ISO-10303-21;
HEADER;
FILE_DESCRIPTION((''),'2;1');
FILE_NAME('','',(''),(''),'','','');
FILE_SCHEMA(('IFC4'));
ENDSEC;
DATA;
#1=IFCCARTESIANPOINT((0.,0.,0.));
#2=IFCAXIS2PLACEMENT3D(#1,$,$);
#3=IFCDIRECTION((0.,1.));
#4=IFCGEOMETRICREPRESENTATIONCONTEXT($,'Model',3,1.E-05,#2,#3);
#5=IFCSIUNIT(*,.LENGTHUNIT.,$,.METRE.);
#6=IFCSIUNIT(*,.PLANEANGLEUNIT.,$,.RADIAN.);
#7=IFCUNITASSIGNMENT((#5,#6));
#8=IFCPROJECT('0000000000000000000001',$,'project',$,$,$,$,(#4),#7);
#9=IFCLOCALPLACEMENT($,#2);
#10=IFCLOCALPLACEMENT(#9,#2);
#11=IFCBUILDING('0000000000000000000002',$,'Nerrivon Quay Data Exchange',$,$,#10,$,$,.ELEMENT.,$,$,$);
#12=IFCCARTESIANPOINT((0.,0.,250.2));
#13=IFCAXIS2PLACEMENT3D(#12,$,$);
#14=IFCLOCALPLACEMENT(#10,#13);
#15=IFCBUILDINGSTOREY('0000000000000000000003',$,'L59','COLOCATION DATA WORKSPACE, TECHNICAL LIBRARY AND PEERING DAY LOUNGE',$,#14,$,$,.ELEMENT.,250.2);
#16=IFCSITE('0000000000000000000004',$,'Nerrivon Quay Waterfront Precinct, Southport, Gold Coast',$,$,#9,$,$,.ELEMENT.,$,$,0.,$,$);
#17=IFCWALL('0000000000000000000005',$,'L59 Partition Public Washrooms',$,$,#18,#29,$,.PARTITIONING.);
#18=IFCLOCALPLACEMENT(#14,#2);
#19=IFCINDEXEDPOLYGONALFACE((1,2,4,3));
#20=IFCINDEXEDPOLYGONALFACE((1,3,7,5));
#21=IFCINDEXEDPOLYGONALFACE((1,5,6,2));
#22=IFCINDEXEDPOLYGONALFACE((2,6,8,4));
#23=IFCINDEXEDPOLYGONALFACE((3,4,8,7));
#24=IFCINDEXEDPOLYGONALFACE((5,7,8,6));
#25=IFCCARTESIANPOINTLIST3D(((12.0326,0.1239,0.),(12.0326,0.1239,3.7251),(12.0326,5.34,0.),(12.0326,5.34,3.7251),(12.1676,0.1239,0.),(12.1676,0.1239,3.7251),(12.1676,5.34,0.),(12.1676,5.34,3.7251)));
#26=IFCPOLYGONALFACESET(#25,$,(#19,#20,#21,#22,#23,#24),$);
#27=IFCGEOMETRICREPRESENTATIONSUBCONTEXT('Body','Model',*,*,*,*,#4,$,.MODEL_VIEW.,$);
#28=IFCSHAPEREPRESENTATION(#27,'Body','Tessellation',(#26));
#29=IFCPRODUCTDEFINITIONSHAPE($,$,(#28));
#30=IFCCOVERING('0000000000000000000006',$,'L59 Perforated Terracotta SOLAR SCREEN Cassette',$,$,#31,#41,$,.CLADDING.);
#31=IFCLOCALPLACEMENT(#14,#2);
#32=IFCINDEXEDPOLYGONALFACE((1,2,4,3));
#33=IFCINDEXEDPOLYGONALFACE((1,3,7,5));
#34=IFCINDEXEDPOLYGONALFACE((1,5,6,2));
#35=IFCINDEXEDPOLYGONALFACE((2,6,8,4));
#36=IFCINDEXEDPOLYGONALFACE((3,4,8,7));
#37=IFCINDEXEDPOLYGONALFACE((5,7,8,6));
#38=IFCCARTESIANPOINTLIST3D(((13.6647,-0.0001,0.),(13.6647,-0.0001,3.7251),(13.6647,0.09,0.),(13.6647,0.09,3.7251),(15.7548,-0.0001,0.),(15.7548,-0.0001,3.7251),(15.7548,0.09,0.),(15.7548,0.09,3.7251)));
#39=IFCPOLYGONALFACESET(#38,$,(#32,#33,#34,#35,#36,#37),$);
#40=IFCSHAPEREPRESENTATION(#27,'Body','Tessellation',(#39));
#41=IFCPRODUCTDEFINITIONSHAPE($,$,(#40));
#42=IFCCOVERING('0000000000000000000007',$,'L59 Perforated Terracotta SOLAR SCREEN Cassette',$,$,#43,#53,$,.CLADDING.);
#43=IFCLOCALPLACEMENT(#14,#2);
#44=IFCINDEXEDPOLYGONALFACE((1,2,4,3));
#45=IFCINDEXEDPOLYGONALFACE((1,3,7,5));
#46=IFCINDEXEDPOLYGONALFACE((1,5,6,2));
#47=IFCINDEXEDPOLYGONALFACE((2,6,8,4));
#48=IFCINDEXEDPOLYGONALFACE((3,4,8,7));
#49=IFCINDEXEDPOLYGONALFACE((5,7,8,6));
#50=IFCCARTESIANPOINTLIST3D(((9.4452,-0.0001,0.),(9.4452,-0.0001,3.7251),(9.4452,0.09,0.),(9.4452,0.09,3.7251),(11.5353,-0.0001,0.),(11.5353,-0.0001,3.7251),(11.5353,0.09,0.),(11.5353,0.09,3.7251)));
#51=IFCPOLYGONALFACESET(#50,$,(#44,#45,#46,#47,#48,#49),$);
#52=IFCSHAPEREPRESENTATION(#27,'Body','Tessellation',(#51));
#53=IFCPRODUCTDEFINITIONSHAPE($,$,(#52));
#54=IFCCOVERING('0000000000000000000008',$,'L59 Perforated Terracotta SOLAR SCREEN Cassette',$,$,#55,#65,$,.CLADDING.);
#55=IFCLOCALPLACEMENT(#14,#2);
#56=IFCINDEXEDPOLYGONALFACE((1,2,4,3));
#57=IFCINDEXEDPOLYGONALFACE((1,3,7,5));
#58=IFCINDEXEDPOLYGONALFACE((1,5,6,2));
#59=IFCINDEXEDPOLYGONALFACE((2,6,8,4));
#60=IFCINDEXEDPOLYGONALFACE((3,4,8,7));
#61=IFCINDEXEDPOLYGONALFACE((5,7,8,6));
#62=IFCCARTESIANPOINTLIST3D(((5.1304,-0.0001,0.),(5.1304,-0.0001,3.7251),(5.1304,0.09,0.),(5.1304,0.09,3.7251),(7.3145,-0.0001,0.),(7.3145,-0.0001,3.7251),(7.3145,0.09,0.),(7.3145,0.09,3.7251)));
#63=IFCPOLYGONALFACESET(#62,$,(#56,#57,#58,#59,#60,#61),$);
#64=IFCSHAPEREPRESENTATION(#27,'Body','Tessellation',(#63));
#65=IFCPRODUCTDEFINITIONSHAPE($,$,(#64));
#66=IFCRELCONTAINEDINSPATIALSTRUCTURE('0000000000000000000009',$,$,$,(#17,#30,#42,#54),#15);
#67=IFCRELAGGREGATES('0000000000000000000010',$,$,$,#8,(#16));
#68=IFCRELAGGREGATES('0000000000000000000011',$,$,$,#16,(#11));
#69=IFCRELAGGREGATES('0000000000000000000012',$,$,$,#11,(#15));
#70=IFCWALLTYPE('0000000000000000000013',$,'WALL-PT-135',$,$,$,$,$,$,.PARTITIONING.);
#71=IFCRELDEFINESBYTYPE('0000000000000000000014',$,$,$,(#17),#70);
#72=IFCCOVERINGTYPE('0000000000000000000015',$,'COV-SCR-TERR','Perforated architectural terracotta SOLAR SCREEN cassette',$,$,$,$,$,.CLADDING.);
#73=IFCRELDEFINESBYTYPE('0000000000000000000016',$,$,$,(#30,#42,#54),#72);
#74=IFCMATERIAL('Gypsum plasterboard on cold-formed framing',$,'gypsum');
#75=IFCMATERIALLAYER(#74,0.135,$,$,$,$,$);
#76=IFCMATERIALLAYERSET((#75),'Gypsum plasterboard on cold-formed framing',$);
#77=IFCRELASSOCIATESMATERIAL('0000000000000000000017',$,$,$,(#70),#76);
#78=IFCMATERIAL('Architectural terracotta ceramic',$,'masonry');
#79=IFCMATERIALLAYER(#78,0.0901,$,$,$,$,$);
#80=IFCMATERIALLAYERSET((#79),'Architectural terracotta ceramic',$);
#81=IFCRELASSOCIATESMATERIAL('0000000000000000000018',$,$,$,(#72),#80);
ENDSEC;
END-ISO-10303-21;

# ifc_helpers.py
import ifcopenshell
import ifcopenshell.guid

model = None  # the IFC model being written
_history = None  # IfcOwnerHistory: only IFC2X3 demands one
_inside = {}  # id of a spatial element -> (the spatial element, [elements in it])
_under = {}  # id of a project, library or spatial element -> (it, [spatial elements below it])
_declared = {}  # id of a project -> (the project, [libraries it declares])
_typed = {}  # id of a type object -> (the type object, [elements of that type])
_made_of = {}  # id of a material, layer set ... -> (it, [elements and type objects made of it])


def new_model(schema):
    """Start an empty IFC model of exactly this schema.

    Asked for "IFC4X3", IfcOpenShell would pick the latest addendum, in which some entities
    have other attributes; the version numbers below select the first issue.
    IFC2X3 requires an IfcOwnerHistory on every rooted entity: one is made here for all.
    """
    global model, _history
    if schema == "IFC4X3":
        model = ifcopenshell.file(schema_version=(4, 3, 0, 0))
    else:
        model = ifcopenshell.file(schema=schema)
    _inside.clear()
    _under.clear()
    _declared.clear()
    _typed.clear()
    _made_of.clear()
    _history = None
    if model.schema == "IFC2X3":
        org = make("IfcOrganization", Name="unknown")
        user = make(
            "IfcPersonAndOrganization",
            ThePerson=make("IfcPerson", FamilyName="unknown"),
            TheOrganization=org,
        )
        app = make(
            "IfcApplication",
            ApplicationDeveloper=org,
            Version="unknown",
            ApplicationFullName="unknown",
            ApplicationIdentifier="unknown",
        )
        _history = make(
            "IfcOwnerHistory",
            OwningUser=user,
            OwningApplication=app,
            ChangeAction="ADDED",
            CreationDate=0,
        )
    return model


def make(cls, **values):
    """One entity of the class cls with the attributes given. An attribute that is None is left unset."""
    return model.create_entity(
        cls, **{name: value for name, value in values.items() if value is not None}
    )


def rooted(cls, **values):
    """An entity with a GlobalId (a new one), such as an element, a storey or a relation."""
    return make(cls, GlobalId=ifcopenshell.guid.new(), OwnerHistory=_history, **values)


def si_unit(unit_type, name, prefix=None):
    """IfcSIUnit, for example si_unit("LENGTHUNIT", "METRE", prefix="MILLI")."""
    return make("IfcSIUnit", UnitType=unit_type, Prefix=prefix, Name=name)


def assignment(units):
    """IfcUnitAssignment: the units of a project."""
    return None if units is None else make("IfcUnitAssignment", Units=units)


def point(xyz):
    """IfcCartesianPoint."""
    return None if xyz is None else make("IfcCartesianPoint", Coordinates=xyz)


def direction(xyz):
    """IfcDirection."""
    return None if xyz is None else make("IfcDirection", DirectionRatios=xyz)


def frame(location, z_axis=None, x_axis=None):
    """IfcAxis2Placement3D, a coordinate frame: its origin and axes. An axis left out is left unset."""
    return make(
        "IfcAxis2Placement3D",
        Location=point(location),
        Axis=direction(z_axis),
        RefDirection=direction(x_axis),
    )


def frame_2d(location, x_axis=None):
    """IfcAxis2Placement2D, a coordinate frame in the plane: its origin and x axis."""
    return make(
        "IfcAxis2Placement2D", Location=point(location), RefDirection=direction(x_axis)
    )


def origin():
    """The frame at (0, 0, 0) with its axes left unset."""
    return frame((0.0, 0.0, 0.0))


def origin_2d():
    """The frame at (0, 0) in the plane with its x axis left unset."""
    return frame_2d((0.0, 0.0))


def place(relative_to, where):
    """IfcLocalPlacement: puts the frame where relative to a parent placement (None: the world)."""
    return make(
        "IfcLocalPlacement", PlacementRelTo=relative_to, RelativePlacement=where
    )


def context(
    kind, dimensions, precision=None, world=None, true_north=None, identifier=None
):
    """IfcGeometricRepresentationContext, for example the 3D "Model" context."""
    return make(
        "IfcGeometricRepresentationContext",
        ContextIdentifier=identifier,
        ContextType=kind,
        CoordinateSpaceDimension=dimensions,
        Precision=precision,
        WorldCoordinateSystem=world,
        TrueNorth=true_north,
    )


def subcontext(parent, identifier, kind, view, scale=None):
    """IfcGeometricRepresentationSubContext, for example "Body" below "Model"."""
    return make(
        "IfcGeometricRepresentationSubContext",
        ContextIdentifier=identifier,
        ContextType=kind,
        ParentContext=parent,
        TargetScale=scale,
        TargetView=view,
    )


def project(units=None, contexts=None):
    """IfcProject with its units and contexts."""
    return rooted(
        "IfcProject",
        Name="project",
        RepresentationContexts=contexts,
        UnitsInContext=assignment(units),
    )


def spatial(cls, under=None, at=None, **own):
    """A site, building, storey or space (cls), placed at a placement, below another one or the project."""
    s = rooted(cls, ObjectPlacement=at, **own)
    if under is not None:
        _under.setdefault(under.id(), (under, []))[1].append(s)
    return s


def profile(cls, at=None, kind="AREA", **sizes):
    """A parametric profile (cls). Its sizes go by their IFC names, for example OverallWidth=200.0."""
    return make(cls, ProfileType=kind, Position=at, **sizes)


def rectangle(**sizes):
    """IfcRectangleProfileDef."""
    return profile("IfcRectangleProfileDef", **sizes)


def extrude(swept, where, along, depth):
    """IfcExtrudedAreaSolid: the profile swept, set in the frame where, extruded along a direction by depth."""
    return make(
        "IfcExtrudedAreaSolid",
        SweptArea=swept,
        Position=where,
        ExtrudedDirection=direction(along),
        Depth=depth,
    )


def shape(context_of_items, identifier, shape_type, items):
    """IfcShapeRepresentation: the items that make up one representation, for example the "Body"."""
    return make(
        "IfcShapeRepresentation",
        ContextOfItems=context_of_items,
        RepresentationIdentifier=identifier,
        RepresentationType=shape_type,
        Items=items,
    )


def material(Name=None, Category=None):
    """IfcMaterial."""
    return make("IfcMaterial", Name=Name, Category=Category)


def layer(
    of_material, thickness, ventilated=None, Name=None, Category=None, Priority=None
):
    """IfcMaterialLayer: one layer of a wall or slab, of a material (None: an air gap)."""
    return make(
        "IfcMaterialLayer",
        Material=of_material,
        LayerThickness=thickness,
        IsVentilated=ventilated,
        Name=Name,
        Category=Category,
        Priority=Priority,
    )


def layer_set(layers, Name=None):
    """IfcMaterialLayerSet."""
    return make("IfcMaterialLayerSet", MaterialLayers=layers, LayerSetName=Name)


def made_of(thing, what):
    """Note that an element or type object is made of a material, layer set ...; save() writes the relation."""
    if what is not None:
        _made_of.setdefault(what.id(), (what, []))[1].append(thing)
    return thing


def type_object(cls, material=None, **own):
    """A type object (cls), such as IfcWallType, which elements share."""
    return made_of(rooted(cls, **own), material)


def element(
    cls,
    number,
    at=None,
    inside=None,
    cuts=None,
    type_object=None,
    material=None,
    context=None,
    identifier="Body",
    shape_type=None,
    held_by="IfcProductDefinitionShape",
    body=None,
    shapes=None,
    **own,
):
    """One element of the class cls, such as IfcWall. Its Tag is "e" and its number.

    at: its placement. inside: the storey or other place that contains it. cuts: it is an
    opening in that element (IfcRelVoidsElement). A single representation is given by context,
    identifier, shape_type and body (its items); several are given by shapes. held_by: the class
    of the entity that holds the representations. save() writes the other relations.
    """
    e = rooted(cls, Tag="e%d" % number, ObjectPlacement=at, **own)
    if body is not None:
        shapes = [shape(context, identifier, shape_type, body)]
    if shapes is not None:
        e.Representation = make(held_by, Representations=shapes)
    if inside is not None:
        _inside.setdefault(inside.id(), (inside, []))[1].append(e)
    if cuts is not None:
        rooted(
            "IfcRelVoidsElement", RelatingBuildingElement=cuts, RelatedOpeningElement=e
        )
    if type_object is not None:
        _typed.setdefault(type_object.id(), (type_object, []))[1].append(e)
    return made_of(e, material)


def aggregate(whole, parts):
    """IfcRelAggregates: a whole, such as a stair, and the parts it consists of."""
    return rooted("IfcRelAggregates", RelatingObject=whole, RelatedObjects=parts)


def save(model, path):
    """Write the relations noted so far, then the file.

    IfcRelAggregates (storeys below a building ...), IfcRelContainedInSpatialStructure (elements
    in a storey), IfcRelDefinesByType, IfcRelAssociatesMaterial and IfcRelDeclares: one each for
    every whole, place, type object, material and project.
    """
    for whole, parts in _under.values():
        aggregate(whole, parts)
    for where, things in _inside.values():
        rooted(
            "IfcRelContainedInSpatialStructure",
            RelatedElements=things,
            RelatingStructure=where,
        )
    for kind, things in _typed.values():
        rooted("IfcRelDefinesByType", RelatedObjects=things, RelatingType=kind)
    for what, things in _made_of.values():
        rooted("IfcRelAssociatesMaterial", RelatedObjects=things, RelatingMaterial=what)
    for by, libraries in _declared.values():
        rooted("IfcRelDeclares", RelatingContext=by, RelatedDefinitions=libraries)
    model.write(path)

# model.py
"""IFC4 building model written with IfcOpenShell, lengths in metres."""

from ifc_helpers import new_model, si_unit, direction, frame, frame_2d, origin, origin_2d, place, context, subcontext, project, spatial, rectangle, extrude, material, layer, layer_set, type_object, element, save


model = new_model("IFC4")

# Units and contexts
model_context = context("Model", 3, precision=1e-05, world=origin(), true_north=direction((0.0, 1.0)))
body_context = subcontext(model_context, "Body", "Model", "MODEL_VIEW")
ifc_project = project(units=[si_unit("LENGTHUNIT", "METRE"), si_unit("PLANEANGLEUNIT", "RADIAN")], contexts=[model_context])

# Site, building, storey
site_placement = place(None, origin())
site = spatial("IfcSite", under=ifc_project, at=site_placement, Name="Nerrivon Quay Waterfront Precinct, Southport, Gold Coast", CompositionType="ELEMENT", RefElevation=0.0)
building_placement = place(site_placement, origin())
building = spatial("IfcBuilding", under=site, at=building_placement, Name="Nerrivon Quay Data Exchange", CompositionType="ELEMENT")
storey_placement = place(building_placement, frame((0.0, 0.0, 250.2)))
storey = spatial("IfcBuildingStorey", under=building, at=storey_placement, Name="L59", Description="COLOCATION DATA WORKSPACE, TECHNICAL LIBRARY AND PEERING DAY LOUNGE", CompositionType="ELEMENT", Elevation=250.2)

# Wall
ifc_material_1 = material(Name="Gypsum plasterboard on cold-formed framing", Category="gypsum")
ifc_layer_1 = layer(ifc_material_1, 0.135)
ifc_layer_set_1 = layer_set([ifc_layer_1], Name="Gypsum plasterboard on cold-formed framing")
wall_type_1 = type_object("IfcWallType", Name="WALL-PT-135", PredefinedType="PARTITIONING", material=ifc_layer_set_1)
wall_1_placement = place(storey_placement, frame((12.1001, 0.124, 0.0), z_axis=(0.0, 0.0, 1.0), x_axis=(0.0, 1.0, 0.0)))
element("IfcWall", 1, at=wall_1_placement, inside=storey, type_object=wall_type_1, Name="L59 Partition Public Washrooms", PredefinedType="PARTITIONING", context=body_context, shape_type="SweptSolid", body=[
    extrude(rectangle(XDim=5.2161, YDim=0.135, at=frame_2d((2.6079, 0.0))), origin(), (0.0, 0.0, 1.0), 3.7251),
])

# Coverings
ifc_material_2 = material(Name="Architectural terracotta ceramic", Category="masonry")
ifc_layer_2 = layer(ifc_material_2, 0.0901)
ifc_layer_set_2 = layer_set([ifc_layer_2], Name="Architectural terracotta ceramic")
covering_type = type_object("IfcCoveringType", Name="COV-SCR-TERR", Description="Perforated architectural terracotta SOLAR SCREEN cassette", PredefinedType="CLADDING", material=ifc_layer_set_2)
for number, where, z_axis, x_axis, name in (
    (2, (14.7097, 0.0449, 0.0), (0.0, 0.0, 1.0), (-1.0, 0.0, 0.0), "L59 Perforated Terracotta SOLAR SCREEN Cassette"),
    (3, (10.4902, 0.0449, 0.0), (0.0, 0.0, 1.0), (-1.0, 0.0, 0.0), "L59 Perforated Terracotta SOLAR SCREEN Cassette"),
):
    element("IfcCovering", number, at=place(storey_placement, frame(where, z_axis=z_axis, x_axis=x_axis)), inside=storey, type_object=covering_type, Name=name, PredefinedType="CLADDING", context=body_context, shape_type="SweptSolid", body=[
        extrude(rectangle(XDim=2.0901, YDim=0.0901, at=origin_2d()), origin(), (0.0, 0.0, 1.0), 3.7251),
    ])
covering_placement = place(storey_placement, frame((6.2224, 0.0449, 0.0), z_axis=(0.0, 0.0, 1.0), x_axis=(-1.0, 0.0, 0.0)))
element("IfcCovering", 4, at=covering_placement, inside=storey, type_object=covering_type, Name="L59 Perforated Terracotta SOLAR SCREEN Cassette", PredefinedType="CLADDING", context=body_context, shape_type="SweptSolid", body=[
    extrude(rectangle(XDim=2.1841, YDim=0.0901, at=origin_2d()), origin(), (0.0, 0.0, 1.0), 3.7251),
])

save(model, "model.ifc")
